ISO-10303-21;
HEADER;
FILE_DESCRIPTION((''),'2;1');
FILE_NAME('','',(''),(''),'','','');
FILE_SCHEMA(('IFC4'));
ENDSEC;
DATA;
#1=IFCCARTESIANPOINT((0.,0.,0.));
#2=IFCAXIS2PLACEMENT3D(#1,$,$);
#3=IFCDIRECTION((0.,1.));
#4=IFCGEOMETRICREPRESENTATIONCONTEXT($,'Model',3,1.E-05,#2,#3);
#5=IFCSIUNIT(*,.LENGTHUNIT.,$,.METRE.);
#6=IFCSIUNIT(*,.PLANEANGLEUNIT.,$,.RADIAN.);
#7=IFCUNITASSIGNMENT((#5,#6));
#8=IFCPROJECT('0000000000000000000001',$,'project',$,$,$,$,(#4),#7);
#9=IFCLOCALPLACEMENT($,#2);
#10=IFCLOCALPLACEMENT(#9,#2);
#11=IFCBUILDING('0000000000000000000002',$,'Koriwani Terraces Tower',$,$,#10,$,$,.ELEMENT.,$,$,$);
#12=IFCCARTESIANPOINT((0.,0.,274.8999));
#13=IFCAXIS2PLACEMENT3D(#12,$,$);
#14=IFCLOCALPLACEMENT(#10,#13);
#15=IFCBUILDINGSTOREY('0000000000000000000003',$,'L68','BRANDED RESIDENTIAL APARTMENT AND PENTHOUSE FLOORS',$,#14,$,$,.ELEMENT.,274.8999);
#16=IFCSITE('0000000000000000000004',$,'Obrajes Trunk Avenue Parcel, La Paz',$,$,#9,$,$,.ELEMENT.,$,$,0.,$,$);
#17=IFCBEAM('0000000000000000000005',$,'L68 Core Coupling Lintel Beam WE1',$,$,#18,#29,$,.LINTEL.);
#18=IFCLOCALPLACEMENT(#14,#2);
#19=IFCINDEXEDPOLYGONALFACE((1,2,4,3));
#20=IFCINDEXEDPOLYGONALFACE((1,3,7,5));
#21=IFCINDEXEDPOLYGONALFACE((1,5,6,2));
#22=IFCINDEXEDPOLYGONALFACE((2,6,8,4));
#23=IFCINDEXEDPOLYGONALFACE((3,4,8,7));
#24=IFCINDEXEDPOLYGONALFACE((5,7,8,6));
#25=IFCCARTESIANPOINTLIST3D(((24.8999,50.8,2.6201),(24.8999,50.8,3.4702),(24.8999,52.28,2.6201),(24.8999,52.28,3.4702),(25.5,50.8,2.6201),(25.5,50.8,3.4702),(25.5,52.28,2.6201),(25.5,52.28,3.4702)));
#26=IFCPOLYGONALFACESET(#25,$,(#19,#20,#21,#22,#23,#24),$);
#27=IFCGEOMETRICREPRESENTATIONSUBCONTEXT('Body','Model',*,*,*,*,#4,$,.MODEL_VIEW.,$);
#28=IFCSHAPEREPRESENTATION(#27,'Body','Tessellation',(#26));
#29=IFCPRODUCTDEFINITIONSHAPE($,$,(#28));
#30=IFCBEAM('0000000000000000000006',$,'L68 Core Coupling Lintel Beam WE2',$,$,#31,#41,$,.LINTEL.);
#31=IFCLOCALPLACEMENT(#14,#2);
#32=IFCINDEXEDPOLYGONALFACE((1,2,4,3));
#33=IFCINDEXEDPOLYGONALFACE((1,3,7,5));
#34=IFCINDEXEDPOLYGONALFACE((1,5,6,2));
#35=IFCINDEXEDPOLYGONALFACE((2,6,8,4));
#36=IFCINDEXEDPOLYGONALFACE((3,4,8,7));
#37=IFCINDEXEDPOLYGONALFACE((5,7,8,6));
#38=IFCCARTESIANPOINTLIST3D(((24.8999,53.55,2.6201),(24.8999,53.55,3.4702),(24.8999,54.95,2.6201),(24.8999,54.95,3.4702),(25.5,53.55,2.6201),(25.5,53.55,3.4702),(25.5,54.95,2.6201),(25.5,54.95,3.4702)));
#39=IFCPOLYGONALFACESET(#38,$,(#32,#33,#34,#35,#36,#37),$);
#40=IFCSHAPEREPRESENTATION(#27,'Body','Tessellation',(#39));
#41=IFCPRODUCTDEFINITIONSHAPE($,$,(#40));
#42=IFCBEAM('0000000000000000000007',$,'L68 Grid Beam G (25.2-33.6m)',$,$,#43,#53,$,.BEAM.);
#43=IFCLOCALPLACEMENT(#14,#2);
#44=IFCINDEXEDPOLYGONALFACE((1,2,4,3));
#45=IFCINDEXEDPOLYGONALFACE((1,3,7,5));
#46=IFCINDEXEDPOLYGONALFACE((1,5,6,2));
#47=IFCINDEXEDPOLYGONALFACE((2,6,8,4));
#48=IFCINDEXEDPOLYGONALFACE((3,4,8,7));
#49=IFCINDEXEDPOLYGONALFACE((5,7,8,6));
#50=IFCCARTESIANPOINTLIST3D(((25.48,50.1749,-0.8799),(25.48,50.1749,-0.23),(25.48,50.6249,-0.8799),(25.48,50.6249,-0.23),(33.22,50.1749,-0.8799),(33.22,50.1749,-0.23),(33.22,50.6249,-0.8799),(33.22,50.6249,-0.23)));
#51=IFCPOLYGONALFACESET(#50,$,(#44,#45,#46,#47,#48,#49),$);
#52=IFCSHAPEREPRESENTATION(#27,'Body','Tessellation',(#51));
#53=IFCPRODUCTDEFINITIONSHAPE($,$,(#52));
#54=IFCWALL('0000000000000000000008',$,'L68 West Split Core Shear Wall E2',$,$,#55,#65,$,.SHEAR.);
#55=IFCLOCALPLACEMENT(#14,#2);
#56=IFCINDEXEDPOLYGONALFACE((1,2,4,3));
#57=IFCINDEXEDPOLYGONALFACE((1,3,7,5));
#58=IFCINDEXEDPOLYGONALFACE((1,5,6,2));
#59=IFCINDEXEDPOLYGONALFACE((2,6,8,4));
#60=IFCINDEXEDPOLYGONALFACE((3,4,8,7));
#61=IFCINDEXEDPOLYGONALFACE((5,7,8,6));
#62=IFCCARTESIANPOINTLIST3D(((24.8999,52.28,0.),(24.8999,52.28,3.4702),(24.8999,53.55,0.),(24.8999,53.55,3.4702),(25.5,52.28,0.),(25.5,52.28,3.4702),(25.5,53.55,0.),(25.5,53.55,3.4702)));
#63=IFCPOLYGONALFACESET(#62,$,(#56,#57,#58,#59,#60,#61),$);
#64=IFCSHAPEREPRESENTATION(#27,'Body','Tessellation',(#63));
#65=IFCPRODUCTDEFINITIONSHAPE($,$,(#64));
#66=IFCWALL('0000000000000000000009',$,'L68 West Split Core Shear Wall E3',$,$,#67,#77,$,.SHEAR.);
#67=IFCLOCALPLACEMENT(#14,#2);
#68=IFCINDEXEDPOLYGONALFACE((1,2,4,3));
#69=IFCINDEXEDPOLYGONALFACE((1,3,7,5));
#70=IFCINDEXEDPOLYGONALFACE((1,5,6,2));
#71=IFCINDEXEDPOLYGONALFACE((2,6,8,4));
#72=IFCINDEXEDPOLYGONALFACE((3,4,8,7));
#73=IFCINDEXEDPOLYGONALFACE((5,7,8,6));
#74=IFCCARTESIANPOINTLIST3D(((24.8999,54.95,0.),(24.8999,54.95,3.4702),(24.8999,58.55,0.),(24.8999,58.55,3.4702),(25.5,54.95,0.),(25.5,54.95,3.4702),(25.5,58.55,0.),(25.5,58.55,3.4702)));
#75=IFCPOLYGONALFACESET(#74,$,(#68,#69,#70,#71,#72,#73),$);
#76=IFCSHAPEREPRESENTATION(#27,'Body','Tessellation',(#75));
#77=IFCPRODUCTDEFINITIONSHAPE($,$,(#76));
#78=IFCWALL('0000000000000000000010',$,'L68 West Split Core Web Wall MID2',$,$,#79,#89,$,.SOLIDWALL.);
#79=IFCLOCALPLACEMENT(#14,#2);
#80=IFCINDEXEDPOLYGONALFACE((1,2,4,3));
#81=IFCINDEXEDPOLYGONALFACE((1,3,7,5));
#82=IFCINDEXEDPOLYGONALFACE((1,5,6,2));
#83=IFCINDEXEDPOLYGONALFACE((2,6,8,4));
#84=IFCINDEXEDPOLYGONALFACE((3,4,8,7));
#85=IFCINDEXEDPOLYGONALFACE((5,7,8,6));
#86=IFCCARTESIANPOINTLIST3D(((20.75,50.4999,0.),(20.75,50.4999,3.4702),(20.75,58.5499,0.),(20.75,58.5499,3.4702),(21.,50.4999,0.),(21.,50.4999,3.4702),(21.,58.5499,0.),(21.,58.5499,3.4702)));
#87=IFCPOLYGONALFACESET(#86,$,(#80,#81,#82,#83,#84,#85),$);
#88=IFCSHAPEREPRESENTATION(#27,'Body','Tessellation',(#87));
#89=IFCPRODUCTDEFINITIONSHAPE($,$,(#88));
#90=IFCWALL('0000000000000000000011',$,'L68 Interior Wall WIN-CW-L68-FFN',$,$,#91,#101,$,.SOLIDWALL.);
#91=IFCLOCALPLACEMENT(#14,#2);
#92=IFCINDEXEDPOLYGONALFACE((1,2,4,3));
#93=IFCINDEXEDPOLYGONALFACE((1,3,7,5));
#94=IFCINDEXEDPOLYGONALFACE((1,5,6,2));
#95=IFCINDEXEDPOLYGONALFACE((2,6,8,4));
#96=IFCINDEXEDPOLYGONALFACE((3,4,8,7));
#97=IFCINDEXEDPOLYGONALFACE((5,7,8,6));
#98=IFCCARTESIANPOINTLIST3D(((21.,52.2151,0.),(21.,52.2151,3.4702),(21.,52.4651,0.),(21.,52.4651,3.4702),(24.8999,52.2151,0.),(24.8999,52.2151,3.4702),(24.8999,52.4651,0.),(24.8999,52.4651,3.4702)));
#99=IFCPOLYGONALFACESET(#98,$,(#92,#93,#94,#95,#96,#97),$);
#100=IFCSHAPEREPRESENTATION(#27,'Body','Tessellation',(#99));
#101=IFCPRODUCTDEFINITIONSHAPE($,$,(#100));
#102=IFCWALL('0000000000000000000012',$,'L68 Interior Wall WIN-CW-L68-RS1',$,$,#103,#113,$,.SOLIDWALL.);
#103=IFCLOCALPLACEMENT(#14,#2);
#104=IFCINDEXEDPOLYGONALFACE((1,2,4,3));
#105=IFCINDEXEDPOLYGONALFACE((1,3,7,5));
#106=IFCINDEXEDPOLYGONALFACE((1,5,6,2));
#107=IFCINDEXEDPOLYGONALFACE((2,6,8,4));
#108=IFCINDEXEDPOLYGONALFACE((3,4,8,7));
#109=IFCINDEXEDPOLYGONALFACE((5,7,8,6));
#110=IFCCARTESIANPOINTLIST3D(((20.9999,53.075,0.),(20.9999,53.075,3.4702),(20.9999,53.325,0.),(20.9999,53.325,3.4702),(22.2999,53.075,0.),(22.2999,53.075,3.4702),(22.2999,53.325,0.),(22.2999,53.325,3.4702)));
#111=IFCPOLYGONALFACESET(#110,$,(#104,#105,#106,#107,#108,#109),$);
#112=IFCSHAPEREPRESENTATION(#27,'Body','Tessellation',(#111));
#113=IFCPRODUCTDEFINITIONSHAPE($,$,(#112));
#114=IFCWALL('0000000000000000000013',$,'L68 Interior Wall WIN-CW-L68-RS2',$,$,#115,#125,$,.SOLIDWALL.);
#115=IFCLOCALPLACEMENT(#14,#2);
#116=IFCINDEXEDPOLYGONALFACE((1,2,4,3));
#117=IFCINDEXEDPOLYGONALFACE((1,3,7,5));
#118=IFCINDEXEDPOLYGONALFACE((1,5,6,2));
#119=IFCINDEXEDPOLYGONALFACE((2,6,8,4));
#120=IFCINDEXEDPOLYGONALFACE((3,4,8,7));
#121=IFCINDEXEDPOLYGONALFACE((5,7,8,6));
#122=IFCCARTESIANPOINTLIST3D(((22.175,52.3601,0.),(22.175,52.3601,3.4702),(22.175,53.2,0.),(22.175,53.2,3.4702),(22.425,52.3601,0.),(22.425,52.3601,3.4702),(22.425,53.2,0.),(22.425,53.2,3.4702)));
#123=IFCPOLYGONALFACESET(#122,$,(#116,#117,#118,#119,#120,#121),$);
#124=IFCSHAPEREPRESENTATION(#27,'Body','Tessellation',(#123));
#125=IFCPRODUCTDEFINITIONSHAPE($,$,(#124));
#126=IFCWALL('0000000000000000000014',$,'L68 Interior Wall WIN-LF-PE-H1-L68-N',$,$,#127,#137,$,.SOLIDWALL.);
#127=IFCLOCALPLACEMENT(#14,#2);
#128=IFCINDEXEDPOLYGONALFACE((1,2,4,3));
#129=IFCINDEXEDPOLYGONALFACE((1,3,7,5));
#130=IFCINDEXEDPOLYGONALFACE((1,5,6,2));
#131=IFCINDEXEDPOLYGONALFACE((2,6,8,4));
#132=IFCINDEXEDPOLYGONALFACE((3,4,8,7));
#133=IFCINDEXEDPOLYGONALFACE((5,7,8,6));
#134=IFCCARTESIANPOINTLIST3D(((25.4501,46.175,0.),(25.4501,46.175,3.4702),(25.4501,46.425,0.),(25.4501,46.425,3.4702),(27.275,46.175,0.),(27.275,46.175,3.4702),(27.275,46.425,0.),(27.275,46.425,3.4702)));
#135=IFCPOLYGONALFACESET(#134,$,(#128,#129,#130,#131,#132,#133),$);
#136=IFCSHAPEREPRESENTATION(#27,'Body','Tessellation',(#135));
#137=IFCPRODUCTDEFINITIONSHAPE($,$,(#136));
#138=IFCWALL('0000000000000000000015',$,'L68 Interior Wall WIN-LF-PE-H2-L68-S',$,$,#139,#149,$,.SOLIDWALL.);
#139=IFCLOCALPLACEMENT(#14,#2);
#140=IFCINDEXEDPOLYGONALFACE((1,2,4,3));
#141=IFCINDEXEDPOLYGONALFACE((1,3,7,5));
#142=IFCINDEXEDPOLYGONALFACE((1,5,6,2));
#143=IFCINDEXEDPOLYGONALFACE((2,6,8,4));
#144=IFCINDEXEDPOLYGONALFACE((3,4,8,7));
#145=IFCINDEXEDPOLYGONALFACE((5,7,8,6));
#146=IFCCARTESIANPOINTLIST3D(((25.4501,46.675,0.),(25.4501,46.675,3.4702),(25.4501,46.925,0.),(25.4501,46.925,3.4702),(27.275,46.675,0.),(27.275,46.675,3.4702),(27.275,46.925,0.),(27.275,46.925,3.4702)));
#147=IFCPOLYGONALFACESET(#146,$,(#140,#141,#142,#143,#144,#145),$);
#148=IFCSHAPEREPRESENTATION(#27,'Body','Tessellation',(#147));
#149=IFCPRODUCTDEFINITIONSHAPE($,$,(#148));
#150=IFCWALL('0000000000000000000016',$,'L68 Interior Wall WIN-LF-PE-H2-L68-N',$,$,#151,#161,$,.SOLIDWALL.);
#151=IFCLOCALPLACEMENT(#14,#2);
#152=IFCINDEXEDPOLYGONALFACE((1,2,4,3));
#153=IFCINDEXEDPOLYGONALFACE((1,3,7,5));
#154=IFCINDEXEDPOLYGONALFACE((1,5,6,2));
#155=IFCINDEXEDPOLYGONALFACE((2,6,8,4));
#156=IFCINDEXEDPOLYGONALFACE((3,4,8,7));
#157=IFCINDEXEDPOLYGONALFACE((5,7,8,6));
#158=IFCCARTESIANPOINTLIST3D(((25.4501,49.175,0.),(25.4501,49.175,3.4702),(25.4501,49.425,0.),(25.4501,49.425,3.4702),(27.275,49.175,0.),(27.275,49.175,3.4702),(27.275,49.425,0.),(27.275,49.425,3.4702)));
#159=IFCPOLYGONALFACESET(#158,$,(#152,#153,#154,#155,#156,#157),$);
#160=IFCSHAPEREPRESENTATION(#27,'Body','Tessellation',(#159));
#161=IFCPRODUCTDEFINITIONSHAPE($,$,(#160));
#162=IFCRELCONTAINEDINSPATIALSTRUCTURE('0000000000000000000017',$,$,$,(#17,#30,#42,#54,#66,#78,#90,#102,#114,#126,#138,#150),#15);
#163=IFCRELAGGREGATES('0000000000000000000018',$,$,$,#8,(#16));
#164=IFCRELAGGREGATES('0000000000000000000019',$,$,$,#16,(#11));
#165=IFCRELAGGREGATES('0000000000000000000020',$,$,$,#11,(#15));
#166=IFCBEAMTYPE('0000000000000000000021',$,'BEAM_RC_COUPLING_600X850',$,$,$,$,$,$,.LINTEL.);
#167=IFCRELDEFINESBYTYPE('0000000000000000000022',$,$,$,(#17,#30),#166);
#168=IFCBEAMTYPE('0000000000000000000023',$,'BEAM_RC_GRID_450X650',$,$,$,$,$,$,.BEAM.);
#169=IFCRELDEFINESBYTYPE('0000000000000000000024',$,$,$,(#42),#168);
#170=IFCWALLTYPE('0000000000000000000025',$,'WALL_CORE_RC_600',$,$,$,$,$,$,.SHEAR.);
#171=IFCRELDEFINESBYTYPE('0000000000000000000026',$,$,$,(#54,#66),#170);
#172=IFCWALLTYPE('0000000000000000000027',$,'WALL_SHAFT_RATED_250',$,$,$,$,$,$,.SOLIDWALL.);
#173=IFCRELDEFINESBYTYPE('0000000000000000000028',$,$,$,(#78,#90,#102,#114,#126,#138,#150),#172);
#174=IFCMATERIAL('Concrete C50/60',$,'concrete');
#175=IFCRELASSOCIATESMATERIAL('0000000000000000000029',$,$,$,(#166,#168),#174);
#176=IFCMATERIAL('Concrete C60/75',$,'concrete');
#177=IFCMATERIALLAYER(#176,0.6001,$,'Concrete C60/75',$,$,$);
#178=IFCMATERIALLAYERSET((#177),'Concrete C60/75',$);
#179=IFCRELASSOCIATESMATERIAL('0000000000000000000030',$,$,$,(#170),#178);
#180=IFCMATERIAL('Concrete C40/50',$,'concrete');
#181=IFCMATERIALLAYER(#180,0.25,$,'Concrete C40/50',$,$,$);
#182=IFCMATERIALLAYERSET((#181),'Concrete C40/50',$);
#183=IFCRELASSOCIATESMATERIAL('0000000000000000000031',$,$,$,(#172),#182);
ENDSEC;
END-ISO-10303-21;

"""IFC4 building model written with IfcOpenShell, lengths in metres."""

from ifc_helpers import new_model, si_unit, direction, frame, frame_2d, origin, origin_2d, place, context, subcontext, project, spatial, rectangle, extrude, material, layer, layer_set, material_profile, profile_set, type_object, element, save


model = new_model("IFC4")

# Units and contexts
model_context = context("Model", 3, precision=1e-05, world=origin(), true_north=direction((0.0, 1.0)))
body_context = subcontext(model_context, "Body", "Model", "MODEL_VIEW")
ifc_project = project(units=[si_unit("LENGTHUNIT", "METRE"), si_unit("PLANEANGLEUNIT", "RADIAN")], contexts=[model_context])

# Site, building, storey
site_placement = place(None, origin())
site = spatial("IfcSite", under=ifc_project, at=site_placement, Name="Obrajes Trunk Avenue Parcel, La Paz", CompositionType="ELEMENT", RefElevation=0.0)
building_placement = place(site_placement, origin())
building = spatial("IfcBuilding", under=site, at=building_placement, Name="Koriwani Terraces Tower", CompositionType="ELEMENT")
storey_placement = place(building_placement, frame((0.0, 0.0, 274.8999)))
storey = spatial("IfcBuildingStorey", under=building, at=storey_placement, Name="L68", Description="BRANDED RESIDENTIAL APARTMENT AND PENTHOUSE FLOORS", CompositionType="ELEMENT", Elevation=274.8999)

# Beams
ifc_material_1 = material(Name="Concrete C50/60", Category="concrete")
ifc_material_profile_1 = material_profile(ifc_material_1, rectangle(XDim=0.6001, YDim=0.8501, at=origin_2d()), Name="Concrete C50/60", Category="LoadBearing")
ifc_profile_set_1 = profile_set([ifc_material_profile_1], Name="Concrete C50/60")
beam_type_1 = type_object("IfcBeamType", Name="BEAM_RC_COUPLING_600X850", PredefinedType="LINTEL", material=ifc_profile_set_1)
beam_1_placement = place(storey_placement, frame((25.2, 50.8, 3.0452), z_axis=(0.0, 1.0, 0.0), x_axis=(-1.0, 0.0, 0.0)))
element("IfcBeam", 1, at=beam_1_placement, inside=storey, type_object=beam_type_1, Name="L68 Core Coupling Lintel Beam WE1", PredefinedType="LINTEL", context=body_context, shape_type="SweptSolid", body=[
    extrude(rectangle(XDim=0.6001, YDim=0.8501, at=origin_2d()), origin(), (0.0, 0.0, 1.0), 1.48),
])
beam_2_placement = place(storey_placement, frame((25.2, 53.55, 3.0452), z_axis=(0.0, 1.0, 0.0), x_axis=(-1.0, 0.0, 0.0)))
element("IfcBeam", 2, at=beam_2_placement, inside=storey, type_object=beam_type_1, Name="L68 Core Coupling Lintel Beam WE2", PredefinedType="LINTEL", context=body_context, shape_type="SweptSolid", body=[
    extrude(rectangle(XDim=0.6001, YDim=0.8501, at=origin_2d()), origin(), (0.0, 0.0, 1.0), 1.3999),
])
ifc_material_profile_2 = material_profile(ifc_material_1, rectangle(XDim=0.45, YDim=0.6499, at=origin_2d()), Name="Concrete C50/60", Category="LoadBearing")
ifc_profile_set_2 = profile_set([ifc_material_profile_2], Name="Concrete C50/60")
beam_type_2 = type_object("IfcBeamType", Name="BEAM_RC_GRID_450X650", PredefinedType="BEAM", material=ifc_profile_set_2)
beam_3_placement = place(storey_placement, frame((25.48, 50.3999, -0.5549), z_axis=(1.0, 0.0, 0.0), x_axis=(0.0, 1.0, 0.0)))
element("IfcBeam", 3, at=beam_3_placement, inside=storey, type_object=beam_type_2, Name="L68 Grid Beam G (25.2-33.6m)", PredefinedType="BEAM", context=body_context, shape_type="SweptSolid", body=[
    extrude(rectangle(XDim=0.45, YDim=0.6499, at=origin_2d()), origin(), (0.0, 0.0, 1.0), 7.74),
])

# Walls
ifc_material_2 = material(Name="Concrete C60/75", Category="concrete")
ifc_layer_1 = layer(ifc_material_2, 0.6001, Name="Concrete C60/75")
ifc_layer_set_1 = layer_set([ifc_layer_1], Name="Concrete C60/75")
wall_type_1 = type_object("IfcWallType", Name="WALL_CORE_RC_600", PredefinedType="SHEAR", material=ifc_layer_set_1)
wall_1_placement = place(storey_placement, frame((25.2, 52.28, 0.0), z_axis=(0.0, 0.0, 1.0), x_axis=(0.0, 1.0, 0.0)))
element("IfcWall", 4, at=wall_1_placement, inside=storey, type_object=wall_type_1, Name="L68 West Split Core Shear Wall E2", PredefinedType="SHEAR", context=body_context, shape_type="SweptSolid", body=[
    extrude(rectangle(XDim=1.27, YDim=0.6001, at=frame_2d((0.635, 0.0))), origin(), (0.0, 0.0, 1.0), 3.4702),
])
wall_2_placement = place(storey_placement, frame((25.2, 54.95, 0.0), z_axis=(0.0, 0.0, 1.0), x_axis=(0.0, 1.0, 0.0)))
element("IfcWall", 5, at=wall_2_placement, inside=storey, type_object=wall_type_1, Name="L68 West Split Core Shear Wall E3", PredefinedType="SHEAR", context=body_context, shape_type="SweptSolid", body=[
    extrude(rectangle(XDim=3.6001, YDim=0.6001, at=frame_2d((1.8, 0.0))), origin(), (0.0, 0.0, 1.0), 3.4702),
])
ifc_material_3 = material(Name="Concrete C40/50", Category="concrete")
ifc_layer_2 = layer(ifc_material_3, 0.25, Name="Concrete C40/50")
ifc_layer_set_2 = layer_set([ifc_layer_2], Name="Concrete C40/50")
wall_type_2 = type_object("IfcWallType", Name="WALL_SHAFT_RATED_250", PredefinedType="SOLIDWALL", material=ifc_layer_set_2)
wall_3_placement = place(storey_placement, frame((20.875, 50.5, 0.0), z_axis=(0.0, 0.0, 1.0), x_axis=(0.0, 1.0, 0.0)))
element("IfcWall", 6, at=wall_3_placement, inside=storey, type_object=wall_type_2, Name="L68 West Split Core Web Wall MID2", PredefinedType="SOLIDWALL", context=body_context, shape_type="SweptSolid", body=[
    extrude(rectangle(XDim=8.05, YDim=0.25, at=frame_2d((4.0249, 0.0))), origin(), (0.0, 0.0, 1.0), 3.4702),
])

# Wall
wall_4_placement = place(storey_placement, frame((21.0, 52.3401, 0.0), z_axis=(0.0, 0.0, 1.0), x_axis=(1.0, 0.0, 0.0)))
element("IfcWall", 7, at=wall_4_placement, inside=storey, type_object=wall_type_2, Name="L68 Interior Wall WIN-CW-L68-FFN", PredefinedType="SOLIDWALL", context=body_context, shape_type="SweptSolid", body=[
    extrude(rectangle(XDim=3.8999, YDim=0.25, at=frame_2d((1.95, 0.0))), origin(), (0.0, 0.0, 1.0), 3.4702),
])

# Walls
wall_5_placement = place(storey_placement, frame((21.0, 53.2, 0.0), z_axis=(0.0, 0.0, 1.0), x_axis=(1.0, 0.0, 0.0)))
element("IfcWall", 8, at=wall_5_placement, inside=storey, type_object=wall_type_2, Name="L68 Interior Wall WIN-CW-L68-RS1", PredefinedType="SOLIDWALL", context=body_context, shape_type="SweptSolid", body=[
    extrude(rectangle(XDim=1.3, YDim=0.25, at=frame_2d((0.6499, 0.0))), origin(), (0.0, 0.0, 1.0), 3.4702),
])
wall_6_placement = place(storey_placement, frame((22.3, 52.3601, 0.0), z_axis=(0.0, 0.0, 1.0), x_axis=(0.0, 1.0, 0.0)))
element("IfcWall", 9, at=wall_6_placement, inside=storey, type_object=wall_type_2, Name="L68 Interior Wall WIN-CW-L68-RS2", PredefinedType="SOLIDWALL", context=body_context, shape_type="SweptSolid", body=[
    extrude(rectangle(XDim=0.8398, YDim=0.25, at=frame_2d((0.4199, 0.0))), origin(), (0.0, 0.0, 1.0), 3.4702),
])
wall_7_placement = place(storey_placement, frame((25.45, 46.3, 0.0), z_axis=(0.0, 0.0, 1.0), x_axis=(1.0, 0.0, 0.0)))
element("IfcWall", 10, at=wall_7_placement, inside=storey, type_object=wall_type_2, Name="L68 Interior Wall WIN-LF-PE-H1-L68-N", PredefinedType="SOLIDWALL", context=body_context, shape_type="SweptSolid", body=[
    extrude(rectangle(XDim=1.825, YDim=0.25, at=frame_2d((0.9126, 0.0))), origin(), (0.0, 0.0, 1.0), 3.4702),
])

# Walls
for number, where, z_axis, x_axis, name in (
    (11, (25.45, 46.8, 0.0), (0.0, 0.0, 1.0), (1.0, 0.0, 0.0), "L68 Interior Wall WIN-LF-PE-H2-L68-S"),
    (12, (25.45, 49.3, 0.0), (0.0, 0.0, 1.0), (1.0, 0.0, 0.0), "L68 Interior Wall WIN-LF-PE-H2-L68-N"),
):
    element("IfcWall", number, at=place(storey_placement, frame(where, z_axis=z_axis, x_axis=x_axis)), inside=storey, type_object=wall_type_2, Name=name, PredefinedType="SOLIDWALL", context=body_context, shape_type="SweptSolid", body=[
        extrude(rectangle(XDim=1.825, YDim=0.25, at=frame_2d((0.9126, 0.0))), origin(), (0.0, 0.0, 1.0), 3.4702),
    ])

save(model, "model.ifc")
